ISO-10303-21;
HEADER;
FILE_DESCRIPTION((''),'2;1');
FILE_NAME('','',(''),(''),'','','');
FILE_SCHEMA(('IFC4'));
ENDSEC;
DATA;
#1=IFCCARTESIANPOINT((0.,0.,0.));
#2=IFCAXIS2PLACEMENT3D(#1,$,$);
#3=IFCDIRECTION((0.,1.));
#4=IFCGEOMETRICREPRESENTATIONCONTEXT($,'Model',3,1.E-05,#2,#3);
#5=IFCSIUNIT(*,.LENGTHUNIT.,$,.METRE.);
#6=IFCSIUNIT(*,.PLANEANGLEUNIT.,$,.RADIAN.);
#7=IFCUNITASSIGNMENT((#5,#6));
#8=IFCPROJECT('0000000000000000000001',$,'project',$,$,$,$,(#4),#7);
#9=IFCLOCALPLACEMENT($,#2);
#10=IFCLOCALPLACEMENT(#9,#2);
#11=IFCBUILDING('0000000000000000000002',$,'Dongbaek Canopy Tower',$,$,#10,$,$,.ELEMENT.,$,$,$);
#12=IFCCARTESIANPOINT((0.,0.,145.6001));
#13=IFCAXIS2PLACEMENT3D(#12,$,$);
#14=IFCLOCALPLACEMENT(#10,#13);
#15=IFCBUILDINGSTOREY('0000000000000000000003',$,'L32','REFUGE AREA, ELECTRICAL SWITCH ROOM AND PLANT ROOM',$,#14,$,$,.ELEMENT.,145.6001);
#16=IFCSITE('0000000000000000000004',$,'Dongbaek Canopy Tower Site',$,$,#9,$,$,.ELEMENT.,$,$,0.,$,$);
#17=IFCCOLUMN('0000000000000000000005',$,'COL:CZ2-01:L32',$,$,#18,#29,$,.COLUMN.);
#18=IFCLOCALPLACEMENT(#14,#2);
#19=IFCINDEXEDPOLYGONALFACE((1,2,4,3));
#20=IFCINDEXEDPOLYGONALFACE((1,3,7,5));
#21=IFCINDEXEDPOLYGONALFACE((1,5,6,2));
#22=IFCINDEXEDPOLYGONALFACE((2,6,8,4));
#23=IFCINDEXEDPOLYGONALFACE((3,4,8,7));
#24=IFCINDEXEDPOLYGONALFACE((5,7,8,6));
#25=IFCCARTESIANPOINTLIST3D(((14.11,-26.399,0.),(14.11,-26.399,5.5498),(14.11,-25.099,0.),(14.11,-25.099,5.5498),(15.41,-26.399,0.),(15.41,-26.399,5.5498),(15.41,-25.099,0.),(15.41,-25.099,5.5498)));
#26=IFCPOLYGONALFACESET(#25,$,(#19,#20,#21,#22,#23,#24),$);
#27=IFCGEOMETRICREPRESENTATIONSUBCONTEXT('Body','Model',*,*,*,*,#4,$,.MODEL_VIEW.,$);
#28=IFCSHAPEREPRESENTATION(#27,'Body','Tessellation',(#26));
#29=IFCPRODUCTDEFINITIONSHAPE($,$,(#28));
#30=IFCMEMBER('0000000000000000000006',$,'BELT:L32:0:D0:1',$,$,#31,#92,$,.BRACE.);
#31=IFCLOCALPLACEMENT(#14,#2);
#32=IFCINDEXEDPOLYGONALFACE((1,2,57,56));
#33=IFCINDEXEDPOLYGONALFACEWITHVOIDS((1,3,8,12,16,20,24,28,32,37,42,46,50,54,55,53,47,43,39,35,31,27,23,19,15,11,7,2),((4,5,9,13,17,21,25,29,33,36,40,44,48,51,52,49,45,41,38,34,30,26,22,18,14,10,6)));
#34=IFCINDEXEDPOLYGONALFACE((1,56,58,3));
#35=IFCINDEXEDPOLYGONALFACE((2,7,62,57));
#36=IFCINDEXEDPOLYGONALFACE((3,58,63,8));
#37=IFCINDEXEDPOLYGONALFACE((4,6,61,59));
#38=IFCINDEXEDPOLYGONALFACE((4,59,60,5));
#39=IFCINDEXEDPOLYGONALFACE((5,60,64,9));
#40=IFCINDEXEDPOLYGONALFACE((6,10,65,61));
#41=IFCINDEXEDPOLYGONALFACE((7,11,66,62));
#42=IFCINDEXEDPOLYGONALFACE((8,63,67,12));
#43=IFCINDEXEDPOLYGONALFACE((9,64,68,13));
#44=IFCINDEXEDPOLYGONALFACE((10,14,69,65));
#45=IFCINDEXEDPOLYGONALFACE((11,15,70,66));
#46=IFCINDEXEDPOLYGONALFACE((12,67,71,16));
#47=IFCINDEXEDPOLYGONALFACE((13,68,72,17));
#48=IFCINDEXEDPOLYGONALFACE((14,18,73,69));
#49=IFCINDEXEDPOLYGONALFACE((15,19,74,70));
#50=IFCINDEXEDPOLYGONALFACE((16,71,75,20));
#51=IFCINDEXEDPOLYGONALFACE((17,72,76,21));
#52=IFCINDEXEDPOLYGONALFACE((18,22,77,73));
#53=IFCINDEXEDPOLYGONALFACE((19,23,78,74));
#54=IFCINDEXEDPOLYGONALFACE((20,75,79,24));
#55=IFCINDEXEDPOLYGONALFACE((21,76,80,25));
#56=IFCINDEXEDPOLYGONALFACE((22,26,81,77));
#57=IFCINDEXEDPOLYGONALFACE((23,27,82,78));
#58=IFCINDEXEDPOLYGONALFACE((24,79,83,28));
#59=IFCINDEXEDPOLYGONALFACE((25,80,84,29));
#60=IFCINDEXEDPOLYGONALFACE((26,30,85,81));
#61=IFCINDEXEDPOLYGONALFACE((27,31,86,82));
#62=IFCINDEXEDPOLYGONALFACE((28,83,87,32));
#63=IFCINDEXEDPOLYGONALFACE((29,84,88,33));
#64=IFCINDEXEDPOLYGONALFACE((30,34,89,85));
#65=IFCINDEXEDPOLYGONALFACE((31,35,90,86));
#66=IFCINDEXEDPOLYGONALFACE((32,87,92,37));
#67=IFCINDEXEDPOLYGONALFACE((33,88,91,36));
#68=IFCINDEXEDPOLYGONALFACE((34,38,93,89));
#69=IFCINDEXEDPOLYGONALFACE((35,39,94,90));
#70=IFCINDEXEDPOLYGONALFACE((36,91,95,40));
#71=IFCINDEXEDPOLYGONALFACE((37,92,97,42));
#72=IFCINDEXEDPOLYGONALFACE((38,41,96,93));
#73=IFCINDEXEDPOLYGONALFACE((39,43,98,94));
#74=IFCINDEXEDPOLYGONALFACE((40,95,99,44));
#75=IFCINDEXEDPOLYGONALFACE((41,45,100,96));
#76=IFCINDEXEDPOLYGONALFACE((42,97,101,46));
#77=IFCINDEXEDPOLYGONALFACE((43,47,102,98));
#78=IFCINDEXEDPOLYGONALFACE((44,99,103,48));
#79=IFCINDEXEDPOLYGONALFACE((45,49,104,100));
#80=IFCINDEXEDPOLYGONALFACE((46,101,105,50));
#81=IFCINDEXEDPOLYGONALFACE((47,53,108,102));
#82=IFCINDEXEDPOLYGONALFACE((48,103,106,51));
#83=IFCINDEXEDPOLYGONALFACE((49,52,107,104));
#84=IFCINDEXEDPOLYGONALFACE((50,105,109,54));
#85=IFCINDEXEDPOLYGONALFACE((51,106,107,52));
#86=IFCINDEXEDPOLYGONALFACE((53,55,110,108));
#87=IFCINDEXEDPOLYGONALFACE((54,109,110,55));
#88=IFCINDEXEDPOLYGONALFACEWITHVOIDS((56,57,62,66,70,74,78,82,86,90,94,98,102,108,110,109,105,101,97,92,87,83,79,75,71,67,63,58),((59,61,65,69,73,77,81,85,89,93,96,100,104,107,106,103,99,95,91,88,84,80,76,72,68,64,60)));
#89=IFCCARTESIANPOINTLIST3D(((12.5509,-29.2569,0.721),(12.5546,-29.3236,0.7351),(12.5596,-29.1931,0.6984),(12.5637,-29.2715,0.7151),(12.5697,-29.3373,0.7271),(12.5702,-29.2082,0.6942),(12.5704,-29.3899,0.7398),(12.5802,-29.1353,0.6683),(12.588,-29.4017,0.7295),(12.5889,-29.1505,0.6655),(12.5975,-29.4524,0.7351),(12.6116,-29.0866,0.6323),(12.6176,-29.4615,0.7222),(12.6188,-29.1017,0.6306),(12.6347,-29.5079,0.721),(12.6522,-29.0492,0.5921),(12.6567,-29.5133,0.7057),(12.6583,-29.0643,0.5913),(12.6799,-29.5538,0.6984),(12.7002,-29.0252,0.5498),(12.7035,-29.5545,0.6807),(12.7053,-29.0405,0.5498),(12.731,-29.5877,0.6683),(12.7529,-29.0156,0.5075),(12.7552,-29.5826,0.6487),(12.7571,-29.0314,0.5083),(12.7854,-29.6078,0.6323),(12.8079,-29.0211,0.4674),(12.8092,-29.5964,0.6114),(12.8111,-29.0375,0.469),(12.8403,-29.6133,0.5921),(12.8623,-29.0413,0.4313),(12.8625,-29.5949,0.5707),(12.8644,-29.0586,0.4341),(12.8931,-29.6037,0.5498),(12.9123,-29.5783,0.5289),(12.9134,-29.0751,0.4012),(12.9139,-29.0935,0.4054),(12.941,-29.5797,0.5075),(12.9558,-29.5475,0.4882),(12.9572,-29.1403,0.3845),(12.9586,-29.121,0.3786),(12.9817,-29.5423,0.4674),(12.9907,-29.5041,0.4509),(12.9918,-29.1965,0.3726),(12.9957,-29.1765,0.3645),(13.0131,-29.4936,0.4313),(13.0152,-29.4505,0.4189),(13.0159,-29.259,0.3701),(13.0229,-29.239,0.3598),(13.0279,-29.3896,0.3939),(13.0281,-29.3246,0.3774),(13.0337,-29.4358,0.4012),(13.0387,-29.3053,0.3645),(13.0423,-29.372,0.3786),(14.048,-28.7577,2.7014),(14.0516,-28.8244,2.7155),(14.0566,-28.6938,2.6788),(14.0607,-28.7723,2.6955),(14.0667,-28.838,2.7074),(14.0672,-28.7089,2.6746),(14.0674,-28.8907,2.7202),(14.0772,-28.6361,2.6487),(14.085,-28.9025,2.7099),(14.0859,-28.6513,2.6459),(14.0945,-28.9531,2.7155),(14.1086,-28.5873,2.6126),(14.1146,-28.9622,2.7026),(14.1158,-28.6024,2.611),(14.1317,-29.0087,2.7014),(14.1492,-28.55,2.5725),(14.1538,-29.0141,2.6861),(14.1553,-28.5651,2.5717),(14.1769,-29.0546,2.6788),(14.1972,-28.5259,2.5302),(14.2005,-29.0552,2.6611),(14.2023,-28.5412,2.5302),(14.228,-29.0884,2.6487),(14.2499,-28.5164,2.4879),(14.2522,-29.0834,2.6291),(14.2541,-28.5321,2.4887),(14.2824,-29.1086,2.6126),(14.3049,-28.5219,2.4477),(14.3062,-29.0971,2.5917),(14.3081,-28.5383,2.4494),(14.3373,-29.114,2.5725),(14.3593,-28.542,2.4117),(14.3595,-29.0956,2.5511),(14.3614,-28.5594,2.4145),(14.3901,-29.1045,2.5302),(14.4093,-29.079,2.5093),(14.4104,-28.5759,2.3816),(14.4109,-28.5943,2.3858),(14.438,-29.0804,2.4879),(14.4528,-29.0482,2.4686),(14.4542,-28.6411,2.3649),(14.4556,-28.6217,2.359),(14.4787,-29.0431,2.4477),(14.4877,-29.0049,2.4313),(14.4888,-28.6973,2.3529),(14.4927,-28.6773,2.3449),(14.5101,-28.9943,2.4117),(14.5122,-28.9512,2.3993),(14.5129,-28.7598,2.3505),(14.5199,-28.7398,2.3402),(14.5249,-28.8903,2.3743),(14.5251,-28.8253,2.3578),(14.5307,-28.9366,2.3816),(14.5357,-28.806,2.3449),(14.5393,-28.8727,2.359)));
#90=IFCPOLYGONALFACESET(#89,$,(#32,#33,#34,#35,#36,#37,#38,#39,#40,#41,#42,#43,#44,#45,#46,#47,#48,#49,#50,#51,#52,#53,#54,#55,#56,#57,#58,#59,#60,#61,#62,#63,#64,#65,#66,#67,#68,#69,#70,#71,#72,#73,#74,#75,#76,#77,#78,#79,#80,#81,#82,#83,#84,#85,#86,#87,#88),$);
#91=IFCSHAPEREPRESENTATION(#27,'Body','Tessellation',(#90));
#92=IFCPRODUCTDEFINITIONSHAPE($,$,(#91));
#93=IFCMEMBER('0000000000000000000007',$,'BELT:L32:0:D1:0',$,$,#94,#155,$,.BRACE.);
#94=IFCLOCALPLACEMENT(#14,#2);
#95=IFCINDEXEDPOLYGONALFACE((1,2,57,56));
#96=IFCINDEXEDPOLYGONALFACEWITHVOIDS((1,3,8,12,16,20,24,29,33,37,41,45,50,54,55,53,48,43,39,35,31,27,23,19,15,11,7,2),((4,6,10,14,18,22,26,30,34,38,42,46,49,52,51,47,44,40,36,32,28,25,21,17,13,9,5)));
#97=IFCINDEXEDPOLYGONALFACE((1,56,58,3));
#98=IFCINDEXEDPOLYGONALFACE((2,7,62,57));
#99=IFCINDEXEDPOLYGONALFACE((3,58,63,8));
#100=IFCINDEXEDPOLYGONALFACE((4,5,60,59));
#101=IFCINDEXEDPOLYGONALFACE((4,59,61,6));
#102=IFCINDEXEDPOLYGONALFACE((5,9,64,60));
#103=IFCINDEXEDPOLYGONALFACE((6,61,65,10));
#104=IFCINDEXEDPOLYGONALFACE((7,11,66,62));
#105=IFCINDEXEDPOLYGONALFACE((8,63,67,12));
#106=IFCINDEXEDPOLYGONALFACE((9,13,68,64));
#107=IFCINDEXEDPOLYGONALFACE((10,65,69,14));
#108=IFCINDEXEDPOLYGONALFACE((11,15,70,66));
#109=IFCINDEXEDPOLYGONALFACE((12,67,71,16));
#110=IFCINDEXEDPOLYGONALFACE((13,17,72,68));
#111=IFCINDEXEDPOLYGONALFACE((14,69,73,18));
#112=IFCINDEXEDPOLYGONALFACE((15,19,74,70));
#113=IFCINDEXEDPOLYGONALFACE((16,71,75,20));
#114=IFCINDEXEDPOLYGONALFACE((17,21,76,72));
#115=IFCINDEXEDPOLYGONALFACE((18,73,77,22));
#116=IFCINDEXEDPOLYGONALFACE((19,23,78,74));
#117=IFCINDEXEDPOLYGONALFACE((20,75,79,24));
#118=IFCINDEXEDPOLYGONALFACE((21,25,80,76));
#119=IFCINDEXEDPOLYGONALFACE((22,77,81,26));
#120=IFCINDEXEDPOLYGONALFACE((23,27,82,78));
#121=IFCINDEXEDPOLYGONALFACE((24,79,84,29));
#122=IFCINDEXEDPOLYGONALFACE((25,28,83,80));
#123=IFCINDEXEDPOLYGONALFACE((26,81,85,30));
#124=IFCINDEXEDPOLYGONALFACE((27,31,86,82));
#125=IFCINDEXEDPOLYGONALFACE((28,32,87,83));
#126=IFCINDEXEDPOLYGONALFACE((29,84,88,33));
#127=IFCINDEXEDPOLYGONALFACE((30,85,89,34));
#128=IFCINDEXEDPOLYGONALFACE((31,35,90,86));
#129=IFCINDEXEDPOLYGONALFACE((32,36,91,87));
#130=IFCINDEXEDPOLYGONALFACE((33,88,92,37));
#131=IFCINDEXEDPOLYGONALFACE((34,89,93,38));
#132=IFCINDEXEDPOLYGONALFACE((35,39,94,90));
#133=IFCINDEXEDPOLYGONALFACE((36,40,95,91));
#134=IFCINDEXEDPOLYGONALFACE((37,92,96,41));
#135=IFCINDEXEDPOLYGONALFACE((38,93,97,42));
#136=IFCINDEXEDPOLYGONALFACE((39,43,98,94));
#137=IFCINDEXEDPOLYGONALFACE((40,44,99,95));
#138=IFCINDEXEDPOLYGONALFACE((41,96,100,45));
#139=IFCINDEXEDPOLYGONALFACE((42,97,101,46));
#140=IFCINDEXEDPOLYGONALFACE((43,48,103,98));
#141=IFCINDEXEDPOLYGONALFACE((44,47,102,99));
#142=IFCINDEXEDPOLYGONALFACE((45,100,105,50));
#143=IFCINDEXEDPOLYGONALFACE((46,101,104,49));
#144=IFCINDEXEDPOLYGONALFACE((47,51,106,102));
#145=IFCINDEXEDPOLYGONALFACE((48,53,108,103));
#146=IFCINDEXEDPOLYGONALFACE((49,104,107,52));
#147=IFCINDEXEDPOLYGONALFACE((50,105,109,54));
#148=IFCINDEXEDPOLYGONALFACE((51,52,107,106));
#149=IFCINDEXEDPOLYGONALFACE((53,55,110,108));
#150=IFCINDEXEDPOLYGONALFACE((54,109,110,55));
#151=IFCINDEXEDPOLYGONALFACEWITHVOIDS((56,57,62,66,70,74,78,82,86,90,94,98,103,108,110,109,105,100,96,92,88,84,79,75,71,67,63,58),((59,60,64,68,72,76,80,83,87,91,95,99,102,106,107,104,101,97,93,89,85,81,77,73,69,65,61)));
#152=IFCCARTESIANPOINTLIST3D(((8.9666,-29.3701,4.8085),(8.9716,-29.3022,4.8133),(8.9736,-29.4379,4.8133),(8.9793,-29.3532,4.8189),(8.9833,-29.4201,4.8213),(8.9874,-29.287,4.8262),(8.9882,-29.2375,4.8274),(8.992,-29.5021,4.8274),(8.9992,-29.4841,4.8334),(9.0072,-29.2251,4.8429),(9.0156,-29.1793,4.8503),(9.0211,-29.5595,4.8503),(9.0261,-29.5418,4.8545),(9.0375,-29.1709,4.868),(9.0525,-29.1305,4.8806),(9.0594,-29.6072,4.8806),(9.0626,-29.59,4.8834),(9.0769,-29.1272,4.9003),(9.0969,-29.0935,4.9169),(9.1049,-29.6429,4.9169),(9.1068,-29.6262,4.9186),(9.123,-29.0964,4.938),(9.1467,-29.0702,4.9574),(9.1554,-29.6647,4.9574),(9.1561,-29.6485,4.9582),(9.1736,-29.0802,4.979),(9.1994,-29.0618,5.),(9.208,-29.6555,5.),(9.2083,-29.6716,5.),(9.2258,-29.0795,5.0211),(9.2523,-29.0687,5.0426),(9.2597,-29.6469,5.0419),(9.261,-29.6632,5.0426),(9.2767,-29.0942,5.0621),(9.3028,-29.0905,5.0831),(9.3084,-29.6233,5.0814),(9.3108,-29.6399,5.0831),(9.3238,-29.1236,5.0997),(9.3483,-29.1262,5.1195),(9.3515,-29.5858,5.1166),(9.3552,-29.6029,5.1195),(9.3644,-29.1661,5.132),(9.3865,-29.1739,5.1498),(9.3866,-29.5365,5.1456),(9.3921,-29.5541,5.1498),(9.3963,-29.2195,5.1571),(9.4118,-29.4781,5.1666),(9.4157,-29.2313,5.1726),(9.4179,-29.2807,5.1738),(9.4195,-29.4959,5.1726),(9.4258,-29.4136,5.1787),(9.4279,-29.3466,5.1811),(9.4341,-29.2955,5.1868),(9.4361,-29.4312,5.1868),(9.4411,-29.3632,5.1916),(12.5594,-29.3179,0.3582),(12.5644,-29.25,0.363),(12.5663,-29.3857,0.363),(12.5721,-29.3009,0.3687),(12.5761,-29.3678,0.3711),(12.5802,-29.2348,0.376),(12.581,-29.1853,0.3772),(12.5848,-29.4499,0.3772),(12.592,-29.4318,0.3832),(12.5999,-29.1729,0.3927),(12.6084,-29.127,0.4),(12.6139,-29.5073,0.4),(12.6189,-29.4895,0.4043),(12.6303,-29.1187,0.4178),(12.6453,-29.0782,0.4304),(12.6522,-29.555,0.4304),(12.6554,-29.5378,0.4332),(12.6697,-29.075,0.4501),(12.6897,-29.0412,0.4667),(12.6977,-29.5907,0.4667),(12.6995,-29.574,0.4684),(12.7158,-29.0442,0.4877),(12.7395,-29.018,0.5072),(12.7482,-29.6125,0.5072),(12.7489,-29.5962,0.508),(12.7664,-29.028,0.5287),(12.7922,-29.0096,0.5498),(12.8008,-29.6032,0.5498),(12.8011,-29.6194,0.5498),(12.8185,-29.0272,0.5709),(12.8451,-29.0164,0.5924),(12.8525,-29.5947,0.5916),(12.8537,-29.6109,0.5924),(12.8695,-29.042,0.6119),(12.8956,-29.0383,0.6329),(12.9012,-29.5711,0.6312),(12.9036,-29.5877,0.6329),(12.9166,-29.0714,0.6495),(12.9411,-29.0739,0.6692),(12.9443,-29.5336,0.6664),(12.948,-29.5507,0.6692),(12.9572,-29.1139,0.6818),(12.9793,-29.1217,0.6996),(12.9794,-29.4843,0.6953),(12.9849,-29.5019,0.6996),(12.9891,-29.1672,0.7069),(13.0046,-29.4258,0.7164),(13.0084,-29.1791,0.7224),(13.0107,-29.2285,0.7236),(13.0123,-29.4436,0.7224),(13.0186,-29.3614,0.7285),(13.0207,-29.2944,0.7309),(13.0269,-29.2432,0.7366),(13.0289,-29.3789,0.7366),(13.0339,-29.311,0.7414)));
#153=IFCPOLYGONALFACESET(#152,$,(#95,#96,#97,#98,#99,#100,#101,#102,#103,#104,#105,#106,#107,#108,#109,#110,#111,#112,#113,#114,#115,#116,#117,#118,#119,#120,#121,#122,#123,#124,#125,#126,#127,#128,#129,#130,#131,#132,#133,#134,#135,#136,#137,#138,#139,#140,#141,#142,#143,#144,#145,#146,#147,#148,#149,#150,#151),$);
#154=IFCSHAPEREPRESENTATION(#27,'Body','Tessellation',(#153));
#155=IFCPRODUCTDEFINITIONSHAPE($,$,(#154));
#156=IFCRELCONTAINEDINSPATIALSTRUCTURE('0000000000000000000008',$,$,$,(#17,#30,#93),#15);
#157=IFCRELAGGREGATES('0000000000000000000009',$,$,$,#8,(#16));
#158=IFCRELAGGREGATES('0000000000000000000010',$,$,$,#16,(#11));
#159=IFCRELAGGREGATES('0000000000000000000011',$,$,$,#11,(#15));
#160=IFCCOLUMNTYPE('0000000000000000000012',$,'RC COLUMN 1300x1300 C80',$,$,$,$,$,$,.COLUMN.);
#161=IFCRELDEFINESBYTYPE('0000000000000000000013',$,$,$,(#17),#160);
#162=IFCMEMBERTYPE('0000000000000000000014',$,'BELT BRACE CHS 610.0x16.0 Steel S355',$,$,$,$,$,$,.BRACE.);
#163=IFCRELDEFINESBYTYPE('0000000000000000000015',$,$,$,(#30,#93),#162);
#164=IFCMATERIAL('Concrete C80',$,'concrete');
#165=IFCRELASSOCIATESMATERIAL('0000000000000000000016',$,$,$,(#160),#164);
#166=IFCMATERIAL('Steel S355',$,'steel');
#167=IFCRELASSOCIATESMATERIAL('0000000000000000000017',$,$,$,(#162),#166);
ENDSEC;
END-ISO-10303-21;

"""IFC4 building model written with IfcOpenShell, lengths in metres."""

from ifc_helpers import new_model, si_unit, direction, frame, origin, origin_2d, place, context, subcontext, project, spatial, rectangle, hollow_circle, extrude, material, material_profile, profile_set, type_object, element, save


model = new_model("IFC4")

# Units and contexts
model_context = context("Model", 3, precision=1e-05, world=origin(), true_north=direction((0.0, 1.0)))
body_context = subcontext(model_context, "Body", "Model", "MODEL_VIEW")
ifc_project = project(units=[si_unit("LENGTHUNIT", "METRE"), si_unit("PLANEANGLEUNIT", "RADIAN")], contexts=[model_context])

# Site, building, storey
site_placement = place(None, origin())
site = spatial("IfcSite", under=ifc_project, at=site_placement, Name="Dongbaek Canopy Tower Site", CompositionType="ELEMENT", RefElevation=0.0)
building_placement = place(site_placement, origin())
building = spatial("IfcBuilding", under=site, at=building_placement, Name="Dongbaek Canopy Tower", CompositionType="ELEMENT")
storey_placement = place(building_placement, frame((0.0, 0.0, 145.6001)))
storey = spatial("IfcBuildingStorey", under=building, at=storey_placement, Name="L32", Description="REFUGE AREA, ELECTRICAL SWITCH ROOM AND PLANT ROOM", CompositionType="ELEMENT", Elevation=145.6001)

# Column
ifc_material_1 = material(Name="Concrete C80", Category="concrete")
ifc_material_profile_1 = material_profile(ifc_material_1, rectangle(XDim=1.3, YDim=1.3, at=origin_2d()), Name="RC COLUMN 1300x1300 C80")
ifc_profile_set_1 = profile_set([ifc_material_profile_1], Name="Concrete C80")
column_type = type_object("IfcColumnType", Name="RC COLUMN 1300x1300 C80", PredefinedType="COLUMN", material=ifc_profile_set_1)
column_placement = place(storey_placement, frame((14.76, -25.749, 0.0), z_axis=(0.0, 0.0, 1.0), x_axis=(1.0, 0.0, 0.0)))
element("IfcColumn", 1, at=column_placement, inside=storey, type_object=column_type, Name="COL:CZ2-01:L32", PredefinedType="COLUMN", context=body_context, shape_type="SweptSolid", body=[
    extrude(rectangle(XDim=1.3, YDim=1.3, at=origin_2d()), origin(), (0.0, 0.0, 1.0), 5.5498),
])

# Members
ifc_material_2 = material(Name="Steel S355", Category="steel")
ifc_material_profile_2 = material_profile(ifc_material_2, hollow_circle(Radius=0.3049, WallThickness=0.0161, at=origin_2d()), Name="BELT BRACE CHS 610.0x16.0 Steel S355")
ifc_profile_set_2 = profile_set([ifc_material_profile_2], Name="Steel S355")
member_type_1 = type_object("IfcMemberType", Name="BELT BRACE CHS 610.0x16.0 Steel S355", PredefinedType="BRACE", material=ifc_profile_set_2)
member_1_placement = place(storey_placement, frame((12.7966, -29.3145, 0.5498), z_axis=(0.591181, 0.197157, 0.782071), x_axis=(-0.316367, 0.948637, 0.0)))
element("IfcMember", 2, at=member_1_placement, inside=storey, type_object=member_type_1, Name="BELT:L32:0:D0:1", PredefinedType="BRACE", context=body_context, shape_type="SweptSolid", body=[
    extrude(hollow_circle(Radius=0.3049, WallThickness=0.0161, at=origin_2d()), origin(), (0.0, 0.0, 1.0), 2.5322),
])
member_2_placement = place(storey_placement, frame((12.7966, -29.3145, 0.5498), z_axis=(-0.62814, -0.009134, 0.778047), x_axis=(0.01454, -0.999894, 0.0)))
element("IfcMember", 3, at=member_2_placement, inside=storey, type_object=member_type_1, Name="BELT:L32:0:D1:0", PredefinedType="BRACE", context=body_context, shape_type="SweptSolid", body=[
    extrude(hollow_circle(Radius=0.3049, WallThickness=0.0161, at=origin_2d()), origin(), (0.0, 0.0, 1.0), 5.7197),
])

save(model, "model.ifc")
